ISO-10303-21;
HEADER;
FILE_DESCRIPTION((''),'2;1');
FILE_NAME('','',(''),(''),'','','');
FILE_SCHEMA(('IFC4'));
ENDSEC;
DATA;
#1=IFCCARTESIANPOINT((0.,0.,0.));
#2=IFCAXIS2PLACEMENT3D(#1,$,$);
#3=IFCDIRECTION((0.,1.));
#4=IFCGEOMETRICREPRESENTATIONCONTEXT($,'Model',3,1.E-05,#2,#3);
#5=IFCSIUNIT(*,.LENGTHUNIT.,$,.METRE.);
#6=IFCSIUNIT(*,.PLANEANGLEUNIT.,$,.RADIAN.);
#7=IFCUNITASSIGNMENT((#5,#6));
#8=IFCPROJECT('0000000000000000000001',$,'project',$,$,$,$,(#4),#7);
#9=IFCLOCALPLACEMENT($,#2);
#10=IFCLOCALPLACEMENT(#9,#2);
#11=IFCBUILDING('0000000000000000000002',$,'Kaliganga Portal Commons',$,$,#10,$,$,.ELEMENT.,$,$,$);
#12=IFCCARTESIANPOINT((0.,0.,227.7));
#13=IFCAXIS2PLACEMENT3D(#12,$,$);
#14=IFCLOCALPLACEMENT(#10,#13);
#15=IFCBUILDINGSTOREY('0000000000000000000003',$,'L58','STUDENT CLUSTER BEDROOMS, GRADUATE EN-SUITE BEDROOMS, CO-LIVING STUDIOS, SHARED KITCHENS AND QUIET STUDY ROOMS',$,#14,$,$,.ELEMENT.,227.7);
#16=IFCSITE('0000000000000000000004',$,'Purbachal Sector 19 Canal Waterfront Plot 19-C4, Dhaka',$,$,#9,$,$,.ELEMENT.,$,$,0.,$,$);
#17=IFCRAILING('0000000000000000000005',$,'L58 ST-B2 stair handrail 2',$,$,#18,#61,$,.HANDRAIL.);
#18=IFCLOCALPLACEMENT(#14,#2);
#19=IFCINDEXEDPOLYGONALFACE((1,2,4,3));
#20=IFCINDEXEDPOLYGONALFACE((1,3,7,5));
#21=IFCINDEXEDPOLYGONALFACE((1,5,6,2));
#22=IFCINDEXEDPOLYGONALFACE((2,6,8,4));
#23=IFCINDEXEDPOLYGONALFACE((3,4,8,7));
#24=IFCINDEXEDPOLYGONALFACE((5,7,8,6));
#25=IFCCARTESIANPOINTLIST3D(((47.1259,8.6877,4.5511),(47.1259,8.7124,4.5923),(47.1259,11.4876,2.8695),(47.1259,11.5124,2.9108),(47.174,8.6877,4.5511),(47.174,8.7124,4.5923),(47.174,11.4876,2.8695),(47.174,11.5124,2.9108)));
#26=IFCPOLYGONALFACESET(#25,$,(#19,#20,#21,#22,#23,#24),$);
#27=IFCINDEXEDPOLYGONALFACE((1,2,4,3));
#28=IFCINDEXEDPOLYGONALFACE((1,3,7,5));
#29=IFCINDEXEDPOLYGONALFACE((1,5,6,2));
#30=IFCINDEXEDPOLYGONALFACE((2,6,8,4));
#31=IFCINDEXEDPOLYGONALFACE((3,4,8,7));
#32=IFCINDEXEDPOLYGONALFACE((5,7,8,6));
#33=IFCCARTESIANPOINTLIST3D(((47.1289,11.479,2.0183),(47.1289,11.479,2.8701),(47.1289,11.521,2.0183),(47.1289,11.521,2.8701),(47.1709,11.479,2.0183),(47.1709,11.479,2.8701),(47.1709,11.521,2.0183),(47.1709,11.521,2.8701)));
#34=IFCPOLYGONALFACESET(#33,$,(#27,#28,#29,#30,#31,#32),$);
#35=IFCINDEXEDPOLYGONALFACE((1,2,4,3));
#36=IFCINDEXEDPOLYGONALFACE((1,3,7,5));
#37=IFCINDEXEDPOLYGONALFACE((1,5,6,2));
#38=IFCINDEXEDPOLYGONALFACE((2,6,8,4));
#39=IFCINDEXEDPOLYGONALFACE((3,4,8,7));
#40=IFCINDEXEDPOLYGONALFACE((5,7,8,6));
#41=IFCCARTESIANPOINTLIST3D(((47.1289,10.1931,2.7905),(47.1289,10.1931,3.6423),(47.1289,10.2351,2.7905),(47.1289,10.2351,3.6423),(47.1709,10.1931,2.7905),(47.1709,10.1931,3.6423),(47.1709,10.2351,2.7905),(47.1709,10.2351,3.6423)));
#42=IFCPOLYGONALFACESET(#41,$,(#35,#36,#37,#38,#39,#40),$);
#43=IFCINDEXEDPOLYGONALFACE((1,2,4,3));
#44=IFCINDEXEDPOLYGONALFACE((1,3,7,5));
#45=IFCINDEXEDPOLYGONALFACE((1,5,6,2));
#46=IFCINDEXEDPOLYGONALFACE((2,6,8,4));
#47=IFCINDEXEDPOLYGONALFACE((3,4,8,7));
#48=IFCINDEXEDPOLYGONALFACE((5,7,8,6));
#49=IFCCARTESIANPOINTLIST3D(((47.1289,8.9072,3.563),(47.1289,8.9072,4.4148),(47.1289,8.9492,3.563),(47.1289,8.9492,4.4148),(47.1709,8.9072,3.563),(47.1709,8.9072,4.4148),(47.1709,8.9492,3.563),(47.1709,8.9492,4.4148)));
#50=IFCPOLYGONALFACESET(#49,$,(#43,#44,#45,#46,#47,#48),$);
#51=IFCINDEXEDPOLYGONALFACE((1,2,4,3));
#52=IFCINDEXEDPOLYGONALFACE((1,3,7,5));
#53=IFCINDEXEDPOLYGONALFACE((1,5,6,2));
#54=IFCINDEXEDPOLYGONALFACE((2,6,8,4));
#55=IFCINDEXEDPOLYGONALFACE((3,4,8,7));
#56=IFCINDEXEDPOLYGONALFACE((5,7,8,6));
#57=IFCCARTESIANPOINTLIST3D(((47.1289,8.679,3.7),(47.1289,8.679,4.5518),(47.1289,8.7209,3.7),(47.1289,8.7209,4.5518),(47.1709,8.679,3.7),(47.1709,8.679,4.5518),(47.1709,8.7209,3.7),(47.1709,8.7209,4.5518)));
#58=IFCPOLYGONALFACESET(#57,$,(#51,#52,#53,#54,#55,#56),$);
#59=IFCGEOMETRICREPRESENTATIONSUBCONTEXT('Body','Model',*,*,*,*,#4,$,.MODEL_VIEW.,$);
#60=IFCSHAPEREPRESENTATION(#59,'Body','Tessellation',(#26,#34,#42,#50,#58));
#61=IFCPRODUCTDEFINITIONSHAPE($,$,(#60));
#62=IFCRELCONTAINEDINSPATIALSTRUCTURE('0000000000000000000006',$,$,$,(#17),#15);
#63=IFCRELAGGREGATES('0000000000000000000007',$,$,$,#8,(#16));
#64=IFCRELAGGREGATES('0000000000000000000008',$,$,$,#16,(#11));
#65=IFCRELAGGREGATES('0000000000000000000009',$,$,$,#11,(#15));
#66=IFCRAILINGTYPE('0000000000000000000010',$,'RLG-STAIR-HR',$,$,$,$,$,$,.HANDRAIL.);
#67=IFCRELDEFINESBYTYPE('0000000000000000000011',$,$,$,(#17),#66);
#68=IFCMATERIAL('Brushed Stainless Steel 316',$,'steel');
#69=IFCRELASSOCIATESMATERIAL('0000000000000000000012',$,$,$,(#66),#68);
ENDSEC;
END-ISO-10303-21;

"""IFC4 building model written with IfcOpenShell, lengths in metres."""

from ifc_helpers import new_model, si_unit, direction, frame, origin, origin_2d, place, context, subcontext, project, spatial, rectangle, extrude, material, type_object, element, save


model = new_model("IFC4")

# Units and contexts
model_context = context("Model", 3, precision=1e-05, world=origin(), true_north=direction((0.0, 1.0)))
body_context = subcontext(model_context, "Body", "Model", "MODEL_VIEW")
ifc_project = project(units=[si_unit("LENGTHUNIT", "METRE"), si_unit("PLANEANGLEUNIT", "RADIAN")], contexts=[model_context])

# Site, building, storey
site_placement = place(None, origin())
site = spatial("IfcSite", under=ifc_project, at=site_placement, Name="Purbachal Sector 19 Canal Waterfront Plot 19-C4, Dhaka", CompositionType="ELEMENT", RefElevation=0.0)
building_placement = place(site_placement, origin())
building = spatial("IfcBuilding", under=site, at=building_placement, Name="Kaliganga Portal Commons", CompositionType="ELEMENT")
storey_placement = place(building_placement, frame((0.0, 0.0, 227.7)))
storey = spatial("IfcBuildingStorey", under=building, at=storey_placement, Name="L58", Description="STUDENT CLUSTER BEDROOMS, GRADUATE EN-SUITE BEDROOMS, CO-LIVING STUDIOS, SHARED KITCHENS AND QUIET STUDY ROOMS", CompositionType="ELEMENT", Elevation=227.7)

# Railing
ifc_material_1 = material(Name="Brushed Stainless Steel 316", Category="steel")
railing_type_1 = type_object("IfcRailingType", Name="RLG-STAIR-HR", PredefinedType="HANDRAIL", material=ifc_material_1)
railing_1_placement = place(storey_placement, frame((47.1499, 11.5, 2.0183)))
element("IfcRailing", 1, at=railing_1_placement, inside=storey, type_object=railing_type_1, Name="L58 ST-B2 stair handrail 2", PredefinedType="HANDRAIL", context=body_context, shape_type="SweptSolid", body=[
    extrude(rectangle(XDim=0.0481, YDim=0.0481, at=origin_2d()), frame((0.0, 0.0, 0.8718), z_axis=(0.0, -0.857275, 0.514858), x_axis=(1.0, 0.0, 0.0)), (0.0, 0.0, 1.0), 3.2661),
    extrude(rectangle(XDim=0.042, YDim=0.042, at=origin_2d()), origin(), (0.0, 0.0, 1.0), 0.8518),
    extrude(rectangle(XDim=0.042, YDim=0.042, at=origin_2d()), frame((0.0, -1.2859, 0.7722)), (0.0, 0.0, 1.0), 0.8518),
    extrude(rectangle(XDim=0.042, YDim=0.042, at=origin_2d()), frame((0.0, -2.5718, 1.5447)), (0.0, 0.0, 1.0), 0.8518),
    extrude(rectangle(XDim=0.042, YDim=0.042, at=origin_2d()), frame((0.0, -2.8, 1.6816)), (0.0, 0.0, 1.0), 0.8518),
])

save(model, "model.ifc")
